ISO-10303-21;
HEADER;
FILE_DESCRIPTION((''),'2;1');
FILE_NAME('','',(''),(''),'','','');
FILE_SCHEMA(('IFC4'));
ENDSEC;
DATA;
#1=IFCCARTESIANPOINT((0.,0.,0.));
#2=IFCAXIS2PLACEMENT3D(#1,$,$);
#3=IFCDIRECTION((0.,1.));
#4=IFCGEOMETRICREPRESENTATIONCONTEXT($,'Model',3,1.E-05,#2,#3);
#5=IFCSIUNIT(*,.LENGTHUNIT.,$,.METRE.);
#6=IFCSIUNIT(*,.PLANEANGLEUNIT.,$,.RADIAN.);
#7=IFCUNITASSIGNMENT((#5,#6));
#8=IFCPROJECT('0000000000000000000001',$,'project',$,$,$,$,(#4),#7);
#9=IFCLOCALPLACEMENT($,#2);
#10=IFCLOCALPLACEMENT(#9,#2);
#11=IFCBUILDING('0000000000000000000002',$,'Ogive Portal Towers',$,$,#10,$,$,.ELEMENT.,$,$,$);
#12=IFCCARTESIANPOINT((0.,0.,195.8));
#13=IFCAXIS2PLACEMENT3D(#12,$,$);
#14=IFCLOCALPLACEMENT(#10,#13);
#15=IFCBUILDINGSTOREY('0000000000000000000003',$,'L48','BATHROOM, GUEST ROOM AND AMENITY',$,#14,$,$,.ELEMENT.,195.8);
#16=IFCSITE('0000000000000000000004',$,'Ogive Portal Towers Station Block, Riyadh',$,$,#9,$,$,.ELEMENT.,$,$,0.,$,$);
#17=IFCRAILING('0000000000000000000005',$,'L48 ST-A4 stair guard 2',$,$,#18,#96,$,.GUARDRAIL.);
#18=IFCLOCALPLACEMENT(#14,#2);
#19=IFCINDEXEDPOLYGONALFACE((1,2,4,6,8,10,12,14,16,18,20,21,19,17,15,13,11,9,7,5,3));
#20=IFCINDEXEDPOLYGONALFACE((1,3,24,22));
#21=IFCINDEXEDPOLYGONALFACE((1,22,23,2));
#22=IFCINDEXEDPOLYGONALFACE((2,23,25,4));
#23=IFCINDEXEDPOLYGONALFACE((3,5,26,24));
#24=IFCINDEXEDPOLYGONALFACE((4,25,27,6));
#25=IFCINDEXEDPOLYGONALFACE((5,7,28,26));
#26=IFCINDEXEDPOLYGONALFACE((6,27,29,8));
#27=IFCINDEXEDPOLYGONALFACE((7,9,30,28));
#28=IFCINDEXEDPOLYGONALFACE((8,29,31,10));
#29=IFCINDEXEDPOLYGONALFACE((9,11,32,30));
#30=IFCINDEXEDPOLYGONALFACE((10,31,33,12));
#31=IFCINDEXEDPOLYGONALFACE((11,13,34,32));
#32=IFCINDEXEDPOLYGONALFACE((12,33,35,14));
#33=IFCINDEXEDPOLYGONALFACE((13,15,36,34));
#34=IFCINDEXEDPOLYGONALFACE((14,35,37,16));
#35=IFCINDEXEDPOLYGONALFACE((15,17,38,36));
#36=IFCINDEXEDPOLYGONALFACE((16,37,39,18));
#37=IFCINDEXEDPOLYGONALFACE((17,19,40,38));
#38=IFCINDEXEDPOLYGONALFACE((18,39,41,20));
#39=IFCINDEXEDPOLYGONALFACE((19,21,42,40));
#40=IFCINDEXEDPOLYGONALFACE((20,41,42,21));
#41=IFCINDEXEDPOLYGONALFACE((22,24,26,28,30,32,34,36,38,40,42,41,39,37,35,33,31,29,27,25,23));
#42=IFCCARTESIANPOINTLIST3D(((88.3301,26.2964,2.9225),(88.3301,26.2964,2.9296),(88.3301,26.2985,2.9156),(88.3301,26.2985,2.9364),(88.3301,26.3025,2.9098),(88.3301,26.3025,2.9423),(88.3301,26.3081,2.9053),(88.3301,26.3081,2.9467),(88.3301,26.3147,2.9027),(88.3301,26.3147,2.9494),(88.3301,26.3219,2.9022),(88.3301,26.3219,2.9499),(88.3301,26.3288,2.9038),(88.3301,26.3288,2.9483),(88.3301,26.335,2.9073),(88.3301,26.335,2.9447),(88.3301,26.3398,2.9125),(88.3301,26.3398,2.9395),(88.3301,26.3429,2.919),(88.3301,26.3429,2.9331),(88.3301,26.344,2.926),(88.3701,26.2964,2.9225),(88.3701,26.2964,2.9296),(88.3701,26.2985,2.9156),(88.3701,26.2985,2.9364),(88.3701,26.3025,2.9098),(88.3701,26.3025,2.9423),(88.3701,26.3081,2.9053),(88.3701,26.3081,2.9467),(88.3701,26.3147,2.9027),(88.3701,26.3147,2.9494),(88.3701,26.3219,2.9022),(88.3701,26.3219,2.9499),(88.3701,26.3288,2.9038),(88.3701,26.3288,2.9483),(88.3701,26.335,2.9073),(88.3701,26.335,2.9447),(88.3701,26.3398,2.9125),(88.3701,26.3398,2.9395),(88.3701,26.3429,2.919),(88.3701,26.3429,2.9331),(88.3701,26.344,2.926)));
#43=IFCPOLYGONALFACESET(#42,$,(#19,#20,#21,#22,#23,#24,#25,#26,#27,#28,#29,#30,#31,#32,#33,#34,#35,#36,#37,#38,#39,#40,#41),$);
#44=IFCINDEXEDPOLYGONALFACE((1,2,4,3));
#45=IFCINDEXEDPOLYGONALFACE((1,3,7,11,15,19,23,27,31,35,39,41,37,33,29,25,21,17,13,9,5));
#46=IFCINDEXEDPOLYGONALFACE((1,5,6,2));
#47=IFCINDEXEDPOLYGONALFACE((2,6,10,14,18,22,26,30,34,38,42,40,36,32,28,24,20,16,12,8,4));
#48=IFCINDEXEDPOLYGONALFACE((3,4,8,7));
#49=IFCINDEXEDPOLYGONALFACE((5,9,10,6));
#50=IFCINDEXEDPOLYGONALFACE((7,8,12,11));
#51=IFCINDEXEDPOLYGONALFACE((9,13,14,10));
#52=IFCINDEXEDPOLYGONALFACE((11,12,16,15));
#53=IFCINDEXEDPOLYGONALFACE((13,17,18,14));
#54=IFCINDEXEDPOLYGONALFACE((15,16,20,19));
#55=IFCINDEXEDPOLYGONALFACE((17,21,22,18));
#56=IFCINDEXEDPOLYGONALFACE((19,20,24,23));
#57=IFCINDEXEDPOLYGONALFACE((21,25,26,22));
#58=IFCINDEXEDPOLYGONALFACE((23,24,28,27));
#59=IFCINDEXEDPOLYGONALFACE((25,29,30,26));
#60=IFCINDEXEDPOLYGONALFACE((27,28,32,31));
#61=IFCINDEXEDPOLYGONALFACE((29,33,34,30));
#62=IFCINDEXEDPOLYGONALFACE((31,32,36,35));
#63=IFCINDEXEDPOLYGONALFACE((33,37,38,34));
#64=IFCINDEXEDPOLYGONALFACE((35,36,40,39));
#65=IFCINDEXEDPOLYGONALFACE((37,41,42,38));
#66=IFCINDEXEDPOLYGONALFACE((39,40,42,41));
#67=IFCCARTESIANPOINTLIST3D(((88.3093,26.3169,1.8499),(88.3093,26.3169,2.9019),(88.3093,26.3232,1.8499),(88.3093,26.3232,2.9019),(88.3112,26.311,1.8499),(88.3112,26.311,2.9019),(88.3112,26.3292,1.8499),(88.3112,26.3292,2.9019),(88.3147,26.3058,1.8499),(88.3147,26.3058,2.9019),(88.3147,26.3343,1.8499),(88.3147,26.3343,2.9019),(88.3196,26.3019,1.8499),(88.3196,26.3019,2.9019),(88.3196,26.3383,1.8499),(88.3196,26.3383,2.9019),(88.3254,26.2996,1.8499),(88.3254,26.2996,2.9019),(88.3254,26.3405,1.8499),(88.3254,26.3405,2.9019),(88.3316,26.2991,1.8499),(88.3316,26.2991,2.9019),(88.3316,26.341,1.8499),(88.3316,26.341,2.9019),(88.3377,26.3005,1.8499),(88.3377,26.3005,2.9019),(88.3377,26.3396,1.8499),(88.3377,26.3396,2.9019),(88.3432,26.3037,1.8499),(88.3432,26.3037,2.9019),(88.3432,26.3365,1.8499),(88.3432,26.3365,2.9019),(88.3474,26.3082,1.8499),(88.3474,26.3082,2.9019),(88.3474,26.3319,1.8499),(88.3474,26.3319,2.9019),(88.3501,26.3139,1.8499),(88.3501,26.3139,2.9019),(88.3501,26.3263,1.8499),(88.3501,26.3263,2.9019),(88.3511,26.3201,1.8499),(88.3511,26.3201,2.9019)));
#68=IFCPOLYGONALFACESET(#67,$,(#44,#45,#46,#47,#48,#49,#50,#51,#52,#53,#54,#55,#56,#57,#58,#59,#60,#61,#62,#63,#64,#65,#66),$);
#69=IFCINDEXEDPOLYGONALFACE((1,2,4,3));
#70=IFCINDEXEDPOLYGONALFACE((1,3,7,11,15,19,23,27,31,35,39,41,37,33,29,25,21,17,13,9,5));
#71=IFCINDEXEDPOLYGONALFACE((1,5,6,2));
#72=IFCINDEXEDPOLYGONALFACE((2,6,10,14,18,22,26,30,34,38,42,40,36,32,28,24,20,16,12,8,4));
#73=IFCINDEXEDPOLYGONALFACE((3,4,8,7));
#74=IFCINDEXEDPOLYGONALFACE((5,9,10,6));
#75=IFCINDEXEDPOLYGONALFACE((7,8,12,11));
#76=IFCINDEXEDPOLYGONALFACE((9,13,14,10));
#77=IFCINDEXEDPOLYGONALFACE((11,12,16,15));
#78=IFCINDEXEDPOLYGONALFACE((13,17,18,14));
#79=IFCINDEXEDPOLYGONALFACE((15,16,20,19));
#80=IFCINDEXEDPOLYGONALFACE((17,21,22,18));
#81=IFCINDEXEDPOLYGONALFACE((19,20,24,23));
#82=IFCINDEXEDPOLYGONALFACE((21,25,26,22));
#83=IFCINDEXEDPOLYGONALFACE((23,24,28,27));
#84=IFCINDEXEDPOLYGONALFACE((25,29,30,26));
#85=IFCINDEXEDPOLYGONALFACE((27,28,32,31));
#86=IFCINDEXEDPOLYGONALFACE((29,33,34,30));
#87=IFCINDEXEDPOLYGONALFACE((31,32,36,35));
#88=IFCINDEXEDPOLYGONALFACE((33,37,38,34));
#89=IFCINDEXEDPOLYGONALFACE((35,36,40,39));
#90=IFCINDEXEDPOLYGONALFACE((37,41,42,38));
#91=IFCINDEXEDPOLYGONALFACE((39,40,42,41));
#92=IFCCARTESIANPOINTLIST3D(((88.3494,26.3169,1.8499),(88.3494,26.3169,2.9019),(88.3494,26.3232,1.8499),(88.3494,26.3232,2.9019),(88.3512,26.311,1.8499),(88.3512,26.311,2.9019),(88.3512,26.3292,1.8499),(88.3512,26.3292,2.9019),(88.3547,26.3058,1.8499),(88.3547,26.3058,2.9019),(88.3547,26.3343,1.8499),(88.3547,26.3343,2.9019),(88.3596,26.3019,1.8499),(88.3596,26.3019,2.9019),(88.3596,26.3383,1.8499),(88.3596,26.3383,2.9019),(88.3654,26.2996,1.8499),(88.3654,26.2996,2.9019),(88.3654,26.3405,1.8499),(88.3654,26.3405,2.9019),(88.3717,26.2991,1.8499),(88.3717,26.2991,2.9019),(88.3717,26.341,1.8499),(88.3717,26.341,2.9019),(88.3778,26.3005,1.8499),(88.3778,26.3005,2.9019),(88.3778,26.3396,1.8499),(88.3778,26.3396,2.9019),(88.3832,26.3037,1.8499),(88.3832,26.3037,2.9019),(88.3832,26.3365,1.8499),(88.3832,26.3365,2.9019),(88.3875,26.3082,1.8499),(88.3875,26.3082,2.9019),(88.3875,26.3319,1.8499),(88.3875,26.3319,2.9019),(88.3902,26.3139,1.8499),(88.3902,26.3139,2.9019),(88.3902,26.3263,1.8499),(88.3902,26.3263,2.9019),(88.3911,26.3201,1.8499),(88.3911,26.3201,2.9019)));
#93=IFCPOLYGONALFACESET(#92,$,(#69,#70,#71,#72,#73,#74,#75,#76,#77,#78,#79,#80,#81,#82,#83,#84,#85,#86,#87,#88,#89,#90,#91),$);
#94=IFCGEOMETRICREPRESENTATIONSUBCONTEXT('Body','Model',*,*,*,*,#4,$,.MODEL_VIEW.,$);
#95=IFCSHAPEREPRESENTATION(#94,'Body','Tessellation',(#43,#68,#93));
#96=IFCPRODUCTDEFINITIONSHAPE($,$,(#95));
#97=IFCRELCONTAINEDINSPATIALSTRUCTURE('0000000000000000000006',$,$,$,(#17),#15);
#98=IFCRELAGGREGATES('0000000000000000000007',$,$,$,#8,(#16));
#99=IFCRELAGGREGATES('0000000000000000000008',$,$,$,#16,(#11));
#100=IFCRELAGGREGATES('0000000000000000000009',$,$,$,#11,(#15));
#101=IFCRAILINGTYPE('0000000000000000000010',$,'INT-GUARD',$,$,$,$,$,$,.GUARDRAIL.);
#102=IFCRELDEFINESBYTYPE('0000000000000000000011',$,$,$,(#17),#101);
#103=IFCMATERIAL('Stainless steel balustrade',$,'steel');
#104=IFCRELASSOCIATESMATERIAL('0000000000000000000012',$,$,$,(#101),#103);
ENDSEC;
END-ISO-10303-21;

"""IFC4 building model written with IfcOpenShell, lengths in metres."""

from ifc_helpers import new_model, si_unit, direction, frame, origin, origin_2d, place, context, subcontext, project, spatial, circle, extrude, material, type_object, element, save


model = new_model("IFC4")

# Units and contexts
model_context = context("Model", 3, precision=1e-05, world=origin(), true_north=direction((0.0, 1.0)))
body_context = subcontext(model_context, "Body", "Model", "MODEL_VIEW")
ifc_project = project(units=[si_unit("LENGTHUNIT", "METRE"), si_unit("PLANEANGLEUNIT", "RADIAN")], contexts=[model_context])

# Site, building, storey
site_placement = place(None, origin())
site = spatial("IfcSite", under=ifc_project, at=site_placement, Name="Ogive Portal Towers Station Block, Riyadh", CompositionType="ELEMENT", RefElevation=0.0)
building_placement = place(site_placement, origin())
building = spatial("IfcBuilding", under=site, at=building_placement, Name="Ogive Portal Towers", CompositionType="ELEMENT")
storey_placement = place(building_placement, frame((0.0, 0.0, 195.8)))
storey = spatial("IfcBuildingStorey", under=building, at=storey_placement, Name="L48", Description="BATHROOM, GUEST ROOM AND AMENITY", CompositionType="ELEMENT", Elevation=195.8)

# Railing
ifc_material_1 = material(Name="Stainless steel balustrade", Category="steel")
railing_type_1 = type_object("IfcRailingType", Name="INT-GUARD", PredefinedType="GUARDRAIL", material=ifc_material_1)
railing_1_placement = place(storey_placement, frame((88.3301, 26.3201, 1.8499)))
element("IfcRailing", 1, at=railing_1_placement, inside=storey, type_object=railing_type_1, Name="L48 ST-A4 stair guard 2", PredefinedType="GUARDRAIL", context=body_context, shape_type="SweptSolid", body=[
    extrude(circle(Radius=0.0239, at=origin_2d()), frame((0.0, 0.0, 1.0762), z_axis=(1.0, 0.0, 0.0), x_axis=(0.0, 1.0, 0.0)), (0.0, 0.0, 1.0), 0.04),
    extrude(circle(Radius=0.021, at=origin_2d()), origin(), (0.0, 0.0, 1.0), 1.052),
    extrude(circle(Radius=0.021, at=origin_2d()), frame((0.04, 0.0, 0.0)), (0.0, 0.0, 1.0), 1.052),
])

save(model, "model.ifc")
